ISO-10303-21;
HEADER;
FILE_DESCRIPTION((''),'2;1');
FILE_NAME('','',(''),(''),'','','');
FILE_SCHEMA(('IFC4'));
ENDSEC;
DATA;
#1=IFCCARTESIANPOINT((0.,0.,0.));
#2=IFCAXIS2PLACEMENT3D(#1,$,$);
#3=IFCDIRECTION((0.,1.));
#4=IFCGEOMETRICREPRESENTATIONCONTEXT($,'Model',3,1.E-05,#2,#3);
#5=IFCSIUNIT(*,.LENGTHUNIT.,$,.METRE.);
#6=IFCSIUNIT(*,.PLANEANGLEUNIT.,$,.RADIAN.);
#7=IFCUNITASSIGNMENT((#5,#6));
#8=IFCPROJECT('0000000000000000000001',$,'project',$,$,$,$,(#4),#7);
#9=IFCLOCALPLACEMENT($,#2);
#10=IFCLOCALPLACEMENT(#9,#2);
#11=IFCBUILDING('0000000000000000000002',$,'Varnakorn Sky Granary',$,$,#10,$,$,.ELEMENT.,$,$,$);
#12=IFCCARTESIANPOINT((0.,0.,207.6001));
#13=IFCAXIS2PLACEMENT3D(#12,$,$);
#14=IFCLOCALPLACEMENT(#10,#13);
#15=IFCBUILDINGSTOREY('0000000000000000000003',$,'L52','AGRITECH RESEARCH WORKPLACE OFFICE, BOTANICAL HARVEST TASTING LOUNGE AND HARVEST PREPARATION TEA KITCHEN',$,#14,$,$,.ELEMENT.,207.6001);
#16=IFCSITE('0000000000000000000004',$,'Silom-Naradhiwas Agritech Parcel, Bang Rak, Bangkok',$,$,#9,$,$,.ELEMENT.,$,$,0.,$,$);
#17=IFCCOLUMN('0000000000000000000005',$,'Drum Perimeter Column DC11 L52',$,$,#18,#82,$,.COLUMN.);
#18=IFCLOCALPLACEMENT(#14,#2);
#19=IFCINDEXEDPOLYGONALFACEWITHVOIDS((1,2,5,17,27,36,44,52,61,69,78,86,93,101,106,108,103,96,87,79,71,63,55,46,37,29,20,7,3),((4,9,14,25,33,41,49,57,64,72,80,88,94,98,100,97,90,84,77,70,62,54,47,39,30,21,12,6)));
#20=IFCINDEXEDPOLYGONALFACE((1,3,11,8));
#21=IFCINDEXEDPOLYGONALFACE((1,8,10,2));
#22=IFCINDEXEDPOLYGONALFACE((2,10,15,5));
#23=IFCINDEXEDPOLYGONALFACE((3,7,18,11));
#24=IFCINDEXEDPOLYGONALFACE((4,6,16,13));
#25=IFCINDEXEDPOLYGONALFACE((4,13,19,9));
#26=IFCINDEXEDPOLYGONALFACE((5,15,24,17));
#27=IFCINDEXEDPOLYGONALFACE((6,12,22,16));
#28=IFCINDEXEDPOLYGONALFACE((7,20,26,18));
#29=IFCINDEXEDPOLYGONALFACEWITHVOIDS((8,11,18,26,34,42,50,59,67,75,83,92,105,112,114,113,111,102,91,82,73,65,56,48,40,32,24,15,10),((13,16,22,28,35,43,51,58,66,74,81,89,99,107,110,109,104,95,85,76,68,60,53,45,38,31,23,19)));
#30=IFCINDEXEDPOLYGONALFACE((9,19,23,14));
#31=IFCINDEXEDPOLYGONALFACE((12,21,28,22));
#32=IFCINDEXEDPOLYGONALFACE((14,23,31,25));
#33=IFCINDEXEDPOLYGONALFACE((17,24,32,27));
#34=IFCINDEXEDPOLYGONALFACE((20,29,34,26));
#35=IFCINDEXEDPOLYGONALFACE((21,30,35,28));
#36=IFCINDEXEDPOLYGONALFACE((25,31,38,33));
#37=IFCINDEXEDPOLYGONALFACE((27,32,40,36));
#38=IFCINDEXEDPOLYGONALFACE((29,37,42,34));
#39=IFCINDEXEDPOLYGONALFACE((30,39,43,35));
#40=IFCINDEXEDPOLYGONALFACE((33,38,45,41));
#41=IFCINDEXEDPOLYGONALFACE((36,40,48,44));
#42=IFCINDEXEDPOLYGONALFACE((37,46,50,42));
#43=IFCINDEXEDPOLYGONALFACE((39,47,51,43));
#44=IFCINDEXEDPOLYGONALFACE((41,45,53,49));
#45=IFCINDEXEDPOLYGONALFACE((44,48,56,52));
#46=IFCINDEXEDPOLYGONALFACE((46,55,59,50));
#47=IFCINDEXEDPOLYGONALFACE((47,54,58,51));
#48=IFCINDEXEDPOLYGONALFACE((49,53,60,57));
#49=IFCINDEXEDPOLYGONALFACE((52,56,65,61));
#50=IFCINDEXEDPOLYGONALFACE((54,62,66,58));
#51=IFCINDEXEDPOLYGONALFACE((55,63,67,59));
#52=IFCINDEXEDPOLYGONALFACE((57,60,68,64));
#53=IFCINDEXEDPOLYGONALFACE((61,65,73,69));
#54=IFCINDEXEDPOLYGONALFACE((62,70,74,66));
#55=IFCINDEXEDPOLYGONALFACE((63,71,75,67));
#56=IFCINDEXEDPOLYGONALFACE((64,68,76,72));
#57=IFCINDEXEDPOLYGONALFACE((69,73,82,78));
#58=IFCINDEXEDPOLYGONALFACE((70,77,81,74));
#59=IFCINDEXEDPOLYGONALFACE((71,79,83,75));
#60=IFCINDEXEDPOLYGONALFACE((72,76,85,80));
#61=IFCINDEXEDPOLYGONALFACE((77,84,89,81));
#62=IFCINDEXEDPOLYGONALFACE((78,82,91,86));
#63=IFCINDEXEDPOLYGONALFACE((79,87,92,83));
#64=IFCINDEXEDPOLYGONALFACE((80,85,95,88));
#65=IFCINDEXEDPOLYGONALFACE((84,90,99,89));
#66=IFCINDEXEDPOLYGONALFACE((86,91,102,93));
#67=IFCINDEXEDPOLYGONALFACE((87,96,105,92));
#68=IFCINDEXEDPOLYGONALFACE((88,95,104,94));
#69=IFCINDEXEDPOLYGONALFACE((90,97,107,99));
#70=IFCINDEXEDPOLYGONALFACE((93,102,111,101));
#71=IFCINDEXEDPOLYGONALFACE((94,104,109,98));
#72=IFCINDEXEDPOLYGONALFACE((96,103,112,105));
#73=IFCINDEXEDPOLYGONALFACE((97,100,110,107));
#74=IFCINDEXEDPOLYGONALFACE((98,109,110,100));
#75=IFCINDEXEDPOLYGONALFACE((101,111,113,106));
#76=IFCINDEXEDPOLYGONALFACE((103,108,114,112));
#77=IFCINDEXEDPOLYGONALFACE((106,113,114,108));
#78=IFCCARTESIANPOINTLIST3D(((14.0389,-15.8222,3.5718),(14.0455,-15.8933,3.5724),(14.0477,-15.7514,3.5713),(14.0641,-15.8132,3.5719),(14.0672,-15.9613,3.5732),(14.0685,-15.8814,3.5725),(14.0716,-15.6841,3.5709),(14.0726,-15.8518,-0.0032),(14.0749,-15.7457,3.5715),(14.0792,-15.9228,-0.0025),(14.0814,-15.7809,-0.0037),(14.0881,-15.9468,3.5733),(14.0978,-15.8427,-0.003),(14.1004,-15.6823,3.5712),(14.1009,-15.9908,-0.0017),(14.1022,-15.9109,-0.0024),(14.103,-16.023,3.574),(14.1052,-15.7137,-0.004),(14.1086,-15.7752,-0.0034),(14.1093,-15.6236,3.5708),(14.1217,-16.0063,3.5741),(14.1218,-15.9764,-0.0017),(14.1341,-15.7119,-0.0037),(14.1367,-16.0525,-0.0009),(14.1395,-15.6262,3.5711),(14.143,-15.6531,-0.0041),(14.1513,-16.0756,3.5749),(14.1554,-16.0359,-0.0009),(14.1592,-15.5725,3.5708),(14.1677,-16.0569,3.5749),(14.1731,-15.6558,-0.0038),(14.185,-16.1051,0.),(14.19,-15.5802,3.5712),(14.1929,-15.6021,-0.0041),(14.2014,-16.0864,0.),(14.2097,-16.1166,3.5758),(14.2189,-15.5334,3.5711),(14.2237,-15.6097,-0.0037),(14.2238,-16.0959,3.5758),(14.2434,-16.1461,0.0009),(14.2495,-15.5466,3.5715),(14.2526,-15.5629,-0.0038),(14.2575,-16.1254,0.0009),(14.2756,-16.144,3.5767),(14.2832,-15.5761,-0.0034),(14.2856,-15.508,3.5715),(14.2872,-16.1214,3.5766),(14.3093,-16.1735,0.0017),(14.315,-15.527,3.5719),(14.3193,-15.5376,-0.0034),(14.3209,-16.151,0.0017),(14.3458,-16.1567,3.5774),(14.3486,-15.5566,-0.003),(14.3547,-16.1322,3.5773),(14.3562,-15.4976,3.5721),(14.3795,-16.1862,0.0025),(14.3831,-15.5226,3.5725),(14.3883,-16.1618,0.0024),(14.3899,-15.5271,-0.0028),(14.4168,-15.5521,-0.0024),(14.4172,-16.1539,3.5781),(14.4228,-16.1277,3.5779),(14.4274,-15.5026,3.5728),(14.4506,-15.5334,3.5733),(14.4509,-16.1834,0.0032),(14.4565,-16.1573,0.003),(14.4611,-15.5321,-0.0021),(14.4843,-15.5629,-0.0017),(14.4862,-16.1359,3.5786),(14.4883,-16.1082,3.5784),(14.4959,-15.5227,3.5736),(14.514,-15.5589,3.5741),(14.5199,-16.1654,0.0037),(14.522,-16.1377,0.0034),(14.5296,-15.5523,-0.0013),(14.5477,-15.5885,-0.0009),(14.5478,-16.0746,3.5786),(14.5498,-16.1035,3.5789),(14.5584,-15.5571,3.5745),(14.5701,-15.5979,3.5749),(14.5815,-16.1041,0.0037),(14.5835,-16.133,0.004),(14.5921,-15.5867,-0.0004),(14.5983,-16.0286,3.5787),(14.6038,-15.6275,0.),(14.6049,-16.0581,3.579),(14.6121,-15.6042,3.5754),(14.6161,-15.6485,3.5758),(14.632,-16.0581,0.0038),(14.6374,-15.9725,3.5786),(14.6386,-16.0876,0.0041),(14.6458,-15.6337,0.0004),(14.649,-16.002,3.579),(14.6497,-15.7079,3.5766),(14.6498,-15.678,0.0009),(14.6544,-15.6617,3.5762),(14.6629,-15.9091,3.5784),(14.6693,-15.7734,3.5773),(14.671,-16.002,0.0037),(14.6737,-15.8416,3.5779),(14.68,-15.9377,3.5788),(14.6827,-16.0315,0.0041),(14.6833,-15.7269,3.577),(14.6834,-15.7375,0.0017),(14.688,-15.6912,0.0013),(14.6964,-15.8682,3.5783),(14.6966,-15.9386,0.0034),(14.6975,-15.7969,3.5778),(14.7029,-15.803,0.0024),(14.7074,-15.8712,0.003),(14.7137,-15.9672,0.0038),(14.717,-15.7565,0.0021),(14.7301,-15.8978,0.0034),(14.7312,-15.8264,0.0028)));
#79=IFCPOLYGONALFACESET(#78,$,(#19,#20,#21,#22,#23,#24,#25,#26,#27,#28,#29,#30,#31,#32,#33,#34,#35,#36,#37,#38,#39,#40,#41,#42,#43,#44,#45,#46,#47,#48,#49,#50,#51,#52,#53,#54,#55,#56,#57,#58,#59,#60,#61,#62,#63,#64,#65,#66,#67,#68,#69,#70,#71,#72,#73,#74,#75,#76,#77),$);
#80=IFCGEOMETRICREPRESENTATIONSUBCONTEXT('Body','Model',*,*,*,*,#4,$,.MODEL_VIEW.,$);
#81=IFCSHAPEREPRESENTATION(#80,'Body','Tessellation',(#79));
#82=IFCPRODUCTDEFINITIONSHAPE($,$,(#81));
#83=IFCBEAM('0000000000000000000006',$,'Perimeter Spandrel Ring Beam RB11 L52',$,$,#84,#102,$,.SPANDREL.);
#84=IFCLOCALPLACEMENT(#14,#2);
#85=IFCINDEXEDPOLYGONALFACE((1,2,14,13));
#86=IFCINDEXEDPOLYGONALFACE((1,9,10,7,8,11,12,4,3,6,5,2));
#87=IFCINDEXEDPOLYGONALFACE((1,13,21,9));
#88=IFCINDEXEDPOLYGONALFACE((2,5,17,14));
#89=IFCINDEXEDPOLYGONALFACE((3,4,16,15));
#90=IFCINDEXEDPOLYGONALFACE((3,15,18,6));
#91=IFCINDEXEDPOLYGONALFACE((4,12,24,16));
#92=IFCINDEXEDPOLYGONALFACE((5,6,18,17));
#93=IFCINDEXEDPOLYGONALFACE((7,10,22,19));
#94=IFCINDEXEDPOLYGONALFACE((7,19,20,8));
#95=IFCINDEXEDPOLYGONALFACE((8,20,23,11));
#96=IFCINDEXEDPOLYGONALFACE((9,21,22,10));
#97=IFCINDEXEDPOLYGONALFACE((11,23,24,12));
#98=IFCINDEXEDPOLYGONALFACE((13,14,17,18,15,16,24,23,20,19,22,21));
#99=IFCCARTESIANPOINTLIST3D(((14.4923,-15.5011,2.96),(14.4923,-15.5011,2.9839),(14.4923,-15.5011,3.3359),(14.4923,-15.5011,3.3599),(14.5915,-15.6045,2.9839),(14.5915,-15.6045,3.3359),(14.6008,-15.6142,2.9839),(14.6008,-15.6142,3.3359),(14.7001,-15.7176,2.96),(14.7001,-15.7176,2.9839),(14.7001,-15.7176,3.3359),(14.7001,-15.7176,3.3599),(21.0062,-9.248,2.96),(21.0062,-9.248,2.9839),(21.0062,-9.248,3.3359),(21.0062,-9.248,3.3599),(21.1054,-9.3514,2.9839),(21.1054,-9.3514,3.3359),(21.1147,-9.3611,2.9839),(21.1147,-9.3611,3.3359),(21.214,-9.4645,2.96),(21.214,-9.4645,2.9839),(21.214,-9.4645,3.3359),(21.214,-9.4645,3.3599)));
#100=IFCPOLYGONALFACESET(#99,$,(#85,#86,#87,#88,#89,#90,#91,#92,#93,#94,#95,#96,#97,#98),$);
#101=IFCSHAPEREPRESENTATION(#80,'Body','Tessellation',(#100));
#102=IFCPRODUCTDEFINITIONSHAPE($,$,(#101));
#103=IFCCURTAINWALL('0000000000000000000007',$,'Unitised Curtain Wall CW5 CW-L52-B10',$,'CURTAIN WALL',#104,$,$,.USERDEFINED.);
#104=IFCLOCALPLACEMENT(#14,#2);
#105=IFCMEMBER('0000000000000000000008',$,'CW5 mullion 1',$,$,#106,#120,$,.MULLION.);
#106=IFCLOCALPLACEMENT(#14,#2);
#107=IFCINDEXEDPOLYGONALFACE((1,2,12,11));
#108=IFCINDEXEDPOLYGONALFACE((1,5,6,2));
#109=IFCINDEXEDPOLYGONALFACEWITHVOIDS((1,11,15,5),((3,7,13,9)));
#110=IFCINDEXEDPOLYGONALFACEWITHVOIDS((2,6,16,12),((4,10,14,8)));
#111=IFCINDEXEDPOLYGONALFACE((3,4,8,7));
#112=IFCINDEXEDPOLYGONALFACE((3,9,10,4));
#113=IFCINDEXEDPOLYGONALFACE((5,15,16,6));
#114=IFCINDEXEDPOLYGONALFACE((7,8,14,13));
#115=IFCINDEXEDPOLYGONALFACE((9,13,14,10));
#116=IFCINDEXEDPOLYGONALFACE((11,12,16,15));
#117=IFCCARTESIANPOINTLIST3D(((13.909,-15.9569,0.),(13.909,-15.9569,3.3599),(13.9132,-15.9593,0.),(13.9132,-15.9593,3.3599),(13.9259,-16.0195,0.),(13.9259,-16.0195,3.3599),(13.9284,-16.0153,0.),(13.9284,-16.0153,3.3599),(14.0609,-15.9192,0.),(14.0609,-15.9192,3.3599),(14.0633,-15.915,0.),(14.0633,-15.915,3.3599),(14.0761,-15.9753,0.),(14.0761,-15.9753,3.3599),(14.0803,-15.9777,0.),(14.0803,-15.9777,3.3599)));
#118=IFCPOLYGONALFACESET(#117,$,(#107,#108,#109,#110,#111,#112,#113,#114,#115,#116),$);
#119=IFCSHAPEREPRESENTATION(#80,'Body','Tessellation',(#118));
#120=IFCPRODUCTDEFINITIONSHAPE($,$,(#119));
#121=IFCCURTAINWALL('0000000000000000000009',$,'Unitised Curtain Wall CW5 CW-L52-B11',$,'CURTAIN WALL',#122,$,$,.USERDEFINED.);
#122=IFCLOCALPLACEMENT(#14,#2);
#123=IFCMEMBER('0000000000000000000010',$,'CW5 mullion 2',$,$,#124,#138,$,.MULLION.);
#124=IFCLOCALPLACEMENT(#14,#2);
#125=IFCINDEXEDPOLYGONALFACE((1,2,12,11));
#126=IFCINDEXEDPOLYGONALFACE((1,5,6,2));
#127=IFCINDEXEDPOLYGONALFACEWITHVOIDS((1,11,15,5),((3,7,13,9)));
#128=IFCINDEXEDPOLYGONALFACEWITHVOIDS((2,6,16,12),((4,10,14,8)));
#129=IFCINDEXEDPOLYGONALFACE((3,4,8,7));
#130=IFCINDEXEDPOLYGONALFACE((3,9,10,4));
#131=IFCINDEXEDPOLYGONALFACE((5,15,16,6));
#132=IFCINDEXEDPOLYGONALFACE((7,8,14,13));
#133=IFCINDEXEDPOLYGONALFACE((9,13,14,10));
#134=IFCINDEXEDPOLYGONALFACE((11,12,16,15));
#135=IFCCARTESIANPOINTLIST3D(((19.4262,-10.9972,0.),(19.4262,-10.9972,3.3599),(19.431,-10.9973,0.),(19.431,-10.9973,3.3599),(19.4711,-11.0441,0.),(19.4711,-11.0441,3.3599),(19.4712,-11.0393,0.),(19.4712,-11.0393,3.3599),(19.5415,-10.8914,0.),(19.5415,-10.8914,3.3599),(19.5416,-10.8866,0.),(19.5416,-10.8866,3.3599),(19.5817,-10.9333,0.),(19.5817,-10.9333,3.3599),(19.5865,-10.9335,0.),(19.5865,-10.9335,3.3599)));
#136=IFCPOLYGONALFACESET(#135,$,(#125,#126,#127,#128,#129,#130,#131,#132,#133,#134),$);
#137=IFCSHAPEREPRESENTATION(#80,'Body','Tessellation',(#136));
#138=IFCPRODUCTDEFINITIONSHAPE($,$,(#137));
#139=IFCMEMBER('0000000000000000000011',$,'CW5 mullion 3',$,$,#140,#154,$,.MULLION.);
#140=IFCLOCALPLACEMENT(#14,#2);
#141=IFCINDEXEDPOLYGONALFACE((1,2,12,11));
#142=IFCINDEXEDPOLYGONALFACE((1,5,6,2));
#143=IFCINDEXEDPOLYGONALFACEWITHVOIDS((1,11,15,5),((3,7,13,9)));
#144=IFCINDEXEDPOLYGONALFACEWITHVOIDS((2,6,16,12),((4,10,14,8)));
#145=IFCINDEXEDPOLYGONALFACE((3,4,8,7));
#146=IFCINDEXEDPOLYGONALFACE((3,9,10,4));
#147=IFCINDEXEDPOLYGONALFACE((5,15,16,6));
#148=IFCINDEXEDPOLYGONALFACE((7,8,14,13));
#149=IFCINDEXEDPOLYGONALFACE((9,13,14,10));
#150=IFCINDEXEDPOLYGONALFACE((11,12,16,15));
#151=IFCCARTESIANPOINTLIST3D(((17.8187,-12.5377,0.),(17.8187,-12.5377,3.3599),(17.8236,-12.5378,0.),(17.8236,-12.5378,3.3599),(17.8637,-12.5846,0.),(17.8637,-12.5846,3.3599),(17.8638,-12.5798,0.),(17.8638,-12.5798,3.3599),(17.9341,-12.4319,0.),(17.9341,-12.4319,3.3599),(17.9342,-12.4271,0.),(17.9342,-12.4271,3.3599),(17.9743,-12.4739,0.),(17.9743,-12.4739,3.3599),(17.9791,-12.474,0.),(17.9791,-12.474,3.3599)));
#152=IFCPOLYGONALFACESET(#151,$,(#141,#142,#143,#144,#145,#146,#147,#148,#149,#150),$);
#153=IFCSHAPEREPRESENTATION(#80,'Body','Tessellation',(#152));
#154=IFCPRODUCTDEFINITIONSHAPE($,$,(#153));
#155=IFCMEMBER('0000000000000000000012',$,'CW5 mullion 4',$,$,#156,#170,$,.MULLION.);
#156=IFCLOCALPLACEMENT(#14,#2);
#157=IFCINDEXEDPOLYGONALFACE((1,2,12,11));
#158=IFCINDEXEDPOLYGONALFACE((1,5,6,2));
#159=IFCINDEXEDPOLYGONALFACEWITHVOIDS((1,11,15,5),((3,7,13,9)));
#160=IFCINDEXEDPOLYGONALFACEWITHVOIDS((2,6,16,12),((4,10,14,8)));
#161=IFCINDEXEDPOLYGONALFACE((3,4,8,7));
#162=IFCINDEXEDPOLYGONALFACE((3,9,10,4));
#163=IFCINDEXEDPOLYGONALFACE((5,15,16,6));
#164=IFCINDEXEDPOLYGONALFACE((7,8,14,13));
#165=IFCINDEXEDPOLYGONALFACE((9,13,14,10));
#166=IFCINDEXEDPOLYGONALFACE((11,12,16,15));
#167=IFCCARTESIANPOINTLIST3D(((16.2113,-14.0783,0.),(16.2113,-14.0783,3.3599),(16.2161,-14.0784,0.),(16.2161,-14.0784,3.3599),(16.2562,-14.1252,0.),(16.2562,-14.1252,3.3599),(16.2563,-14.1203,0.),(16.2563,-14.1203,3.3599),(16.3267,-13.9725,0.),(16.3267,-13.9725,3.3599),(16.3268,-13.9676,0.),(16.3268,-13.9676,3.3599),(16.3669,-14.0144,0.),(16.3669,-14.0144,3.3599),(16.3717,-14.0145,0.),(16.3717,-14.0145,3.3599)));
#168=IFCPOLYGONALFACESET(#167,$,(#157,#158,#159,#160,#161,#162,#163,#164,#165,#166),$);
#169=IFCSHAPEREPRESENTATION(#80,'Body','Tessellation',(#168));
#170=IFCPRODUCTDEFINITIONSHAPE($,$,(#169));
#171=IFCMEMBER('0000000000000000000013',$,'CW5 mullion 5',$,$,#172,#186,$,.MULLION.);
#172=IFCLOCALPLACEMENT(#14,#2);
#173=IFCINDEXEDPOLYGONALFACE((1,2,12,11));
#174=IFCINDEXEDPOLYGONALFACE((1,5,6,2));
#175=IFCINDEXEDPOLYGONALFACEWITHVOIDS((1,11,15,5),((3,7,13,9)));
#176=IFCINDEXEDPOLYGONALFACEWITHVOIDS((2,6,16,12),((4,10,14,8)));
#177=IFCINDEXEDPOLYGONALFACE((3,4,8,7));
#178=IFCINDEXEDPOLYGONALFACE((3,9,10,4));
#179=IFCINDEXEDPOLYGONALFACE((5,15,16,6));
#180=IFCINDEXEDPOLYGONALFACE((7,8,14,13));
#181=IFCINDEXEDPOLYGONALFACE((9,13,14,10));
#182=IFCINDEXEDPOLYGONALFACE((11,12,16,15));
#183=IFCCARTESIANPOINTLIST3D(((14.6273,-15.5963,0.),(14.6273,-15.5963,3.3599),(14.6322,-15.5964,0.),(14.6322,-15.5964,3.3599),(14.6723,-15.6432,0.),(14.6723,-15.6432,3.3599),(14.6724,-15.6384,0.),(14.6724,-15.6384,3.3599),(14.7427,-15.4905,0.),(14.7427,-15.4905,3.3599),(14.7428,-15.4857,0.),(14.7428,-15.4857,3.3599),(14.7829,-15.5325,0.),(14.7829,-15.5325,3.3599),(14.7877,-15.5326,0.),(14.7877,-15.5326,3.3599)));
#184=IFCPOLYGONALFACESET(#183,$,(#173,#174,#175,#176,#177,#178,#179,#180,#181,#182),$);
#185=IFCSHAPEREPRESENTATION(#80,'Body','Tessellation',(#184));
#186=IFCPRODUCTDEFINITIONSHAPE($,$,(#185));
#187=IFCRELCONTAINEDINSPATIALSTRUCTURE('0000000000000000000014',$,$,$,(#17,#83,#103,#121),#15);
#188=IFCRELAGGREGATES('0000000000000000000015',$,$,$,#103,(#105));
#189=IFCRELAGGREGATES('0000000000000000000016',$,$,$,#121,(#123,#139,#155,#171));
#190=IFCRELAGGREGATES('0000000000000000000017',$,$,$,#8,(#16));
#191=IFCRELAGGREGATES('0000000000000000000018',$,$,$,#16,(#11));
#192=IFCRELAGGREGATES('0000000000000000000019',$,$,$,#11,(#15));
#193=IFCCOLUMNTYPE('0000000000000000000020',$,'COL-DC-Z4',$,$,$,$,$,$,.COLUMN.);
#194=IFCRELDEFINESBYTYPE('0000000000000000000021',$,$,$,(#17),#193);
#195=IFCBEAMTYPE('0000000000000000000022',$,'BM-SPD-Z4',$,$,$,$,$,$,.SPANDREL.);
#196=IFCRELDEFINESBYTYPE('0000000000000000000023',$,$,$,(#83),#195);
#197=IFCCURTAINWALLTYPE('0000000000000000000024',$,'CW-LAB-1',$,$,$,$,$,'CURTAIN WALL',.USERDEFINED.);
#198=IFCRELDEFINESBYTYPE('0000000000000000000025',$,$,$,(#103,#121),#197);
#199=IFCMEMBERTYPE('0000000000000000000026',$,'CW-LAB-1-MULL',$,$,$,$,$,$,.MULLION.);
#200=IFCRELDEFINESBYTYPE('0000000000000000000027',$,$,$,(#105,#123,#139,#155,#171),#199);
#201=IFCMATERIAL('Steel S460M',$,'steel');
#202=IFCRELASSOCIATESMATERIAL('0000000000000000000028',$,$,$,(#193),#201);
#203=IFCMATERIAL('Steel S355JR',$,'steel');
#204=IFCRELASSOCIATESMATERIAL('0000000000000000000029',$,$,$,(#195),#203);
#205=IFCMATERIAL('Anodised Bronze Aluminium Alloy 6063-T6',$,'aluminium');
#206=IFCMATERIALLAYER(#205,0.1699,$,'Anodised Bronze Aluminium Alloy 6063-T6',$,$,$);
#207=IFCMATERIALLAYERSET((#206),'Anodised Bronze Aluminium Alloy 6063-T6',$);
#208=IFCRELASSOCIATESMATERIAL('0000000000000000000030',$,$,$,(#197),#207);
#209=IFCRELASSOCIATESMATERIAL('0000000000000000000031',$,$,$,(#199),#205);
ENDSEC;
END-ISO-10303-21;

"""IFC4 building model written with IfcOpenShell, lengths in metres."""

from ifc_helpers import new_model, si_unit, direction, frame, origin, origin_2d, place, context, subcontext, project, spatial, hollow_rectangle, hollow_circle, i_section, extrude, material, layer, layer_set, material_profile, profile_set, type_object, element, aggregate, save


model = new_model("IFC4")

# Units and contexts
model_context = context("Model", 3, precision=1e-05, world=origin(), true_north=direction((0.0, 1.0)))
body_context = subcontext(model_context, "Body", "Model", "MODEL_VIEW")
ifc_project = project(units=[si_unit("LENGTHUNIT", "METRE"), si_unit("PLANEANGLEUNIT", "RADIAN")], contexts=[model_context])

# Site, building, storey
site_placement = place(None, origin())
site = spatial("IfcSite", under=ifc_project, at=site_placement, Name="Silom-Naradhiwas Agritech Parcel, Bang Rak, Bangkok", CompositionType="ELEMENT", RefElevation=0.0)
building_placement = place(site_placement, origin())
building = spatial("IfcBuilding", under=site, at=building_placement, Name="Varnakorn Sky Granary", CompositionType="ELEMENT")
storey_placement = place(building_placement, frame((0.0, 0.0, 207.6001)))
storey = spatial("IfcBuildingStorey", under=building, at=storey_placement, Name="L52", Description="AGRITECH RESEARCH WORKPLACE OFFICE, BOTANICAL HARVEST TASTING LOUNGE AND HARVEST PREPARATION TEA KITCHEN", CompositionType="ELEMENT", Elevation=207.6001)

# Column
ifc_material_1 = material(Name="Steel S460M", Category="steel")
ifc_material_profile_1 = material_profile(ifc_material_1, hollow_circle(Radius=0.3301, WallThickness=0.0249, at=origin_2d()), Name="CHS 660x25")
ifc_profile_set_1 = profile_set([ifc_material_profile_1], Name="Steel S460M")
column_type = type_object("IfcColumnType", Name="COL-DC-Z4", PredefinedType="COLUMN", material=ifc_profile_set_1)
column_placement = place(storey_placement, frame((14.4026, -15.8569, 0.0), z_axis=(-0.009424, 0.008263, 0.999921), x_axis=(-0.659276, -0.751901, 0.0)))
element("IfcColumn", 1, at=column_placement, inside=storey, type_object=column_type, Name="Drum Perimeter Column DC11 L52", PredefinedType="COLUMN", context=body_context, shape_type="SweptSolid", body=[
    extrude(hollow_circle(Radius=0.3301, WallThickness=0.0249, at=origin_2d()), origin(), (0.0, 0.0, 1.0), 3.5752),
])

# Beam
ifc_material_2 = material(Name="Steel S355JR", Category="steel")
ifc_material_profile_2 = material_profile(ifc_material_2, i_section(OverallWidth=0.3, OverallDepth=0.3999, WebThickness=0.0134, FlangeThickness=0.0239, at=origin_2d()), Name="HE 400 B")
ifc_profile_set_2 = profile_set([ifc_material_profile_2], Name="Steel S355JR")
beam_type = type_object("IfcBeamType", Name="BM-SPD-Z4", PredefinedType="SPANDREL", material=ifc_profile_set_2)
beam_placement = place(storey_placement, frame((14.5962, -15.6094, 3.1599), z_axis=(0.721398, 0.692521, 0.0), x_axis=(-0.692521, 0.721398, 0.0)))
element("IfcBeam", 2, at=beam_placement, inside=storey, type_object=beam_type, Name="Perimeter Spandrel Ring Beam RB11 L52", PredefinedType="SPANDREL", context=body_context, shape_type="SweptSolid", body=[
    extrude(i_section(OverallWidth=0.3, OverallDepth=0.3999, WebThickness=0.0134, FlangeThickness=0.0239, at=origin_2d()), origin(), (0.0, 0.0, 1.0), 9.0295),
])

# Curtain wall, member
ifc_material_3 = material(Name="Anodised Bronze Aluminium Alloy 6063-T6", Category="aluminium")
ifc_layer_1 = layer(ifc_material_3, 0.1699, Name="Anodised Bronze Aluminium Alloy 6063-T6")
ifc_layer_set_1 = layer_set([ifc_layer_1], Name="Anodised Bronze Aluminium Alloy 6063-T6")
curtain_wall_type = type_object("IfcCurtainWallType", Name="CW-LAB-1", ElementType="CURTAIN WALL", PredefinedType="USERDEFINED", material=ifc_layer_set_1)
curtain_wall_1_placement = place(storey_placement, origin())
curtain_wall_1 = element("IfcCurtainWall", 3, at=curtain_wall_1_placement, inside=storey, type_object=curtain_wall_type, Name="Unitised Curtain Wall CW5 CW-L52-B10", ObjectType="CURTAIN WALL", PredefinedType="USERDEFINED")
ifc_material_profile_3 = material_profile(ifc_material_3, hollow_rectangle(XDim=0.0649, YDim=0.1599, WallThickness=0.0034, at=origin_2d()), Name="ALU MULL 65x160")
ifc_profile_set_3 = profile_set([ifc_material_profile_3], Name="Anodised Bronze Aluminium Alloy 6063-T6")
member_type_1 = type_object("IfcMemberType", Name="CW-LAB-1-MULL", PredefinedType="MULLION", material=ifc_profile_set_3)
member_1_placement = place(storey_placement, frame((13.9946, -15.9673, 0.0), z_axis=(0.0, 0.0, 1.0), x_axis=(0.261502, -0.965203, 0.0)))
member_1 = element("IfcMember", 4, at=member_1_placement, type_object=member_type_1, Name="CW5 mullion 1", PredefinedType="MULLION", context=body_context, shape_type="SweptSolid", body=[
    extrude(hollow_rectangle(XDim=0.0649, YDim=0.1599, WallThickness=0.0034, at=origin_2d()), origin(), (0.0, 0.0, 1.0), 3.3599),
])

# Curtain wall, members
curtain_wall_2_placement = place(storey_placement, origin())
curtain_wall_2 = element("IfcCurtainWall", 5, at=curtain_wall_2_placement, inside=storey, type_object=curtain_wall_type, Name="Unitised Curtain Wall CW5 CW-L52-B11", ObjectType="CURTAIN WALL", PredefinedType="USERDEFINED")
member_2_placement = place(storey_placement, frame((19.5063, -10.9653, 0.0), z_axis=(0.0, 0.0, 1.0), x_axis=(0.691923, -0.721971, 0.0)))
member_2 = element("IfcMember", 6, at=member_2_placement, type_object=member_type_1, Name="CW5 mullion 2", PredefinedType="MULLION", context=body_context, shape_type="SweptSolid", body=[
    extrude(hollow_rectangle(XDim=0.0649, YDim=0.1599, WallThickness=0.0034, at=origin_2d()), origin(), (0.0, 0.0, 1.0), 3.3599),
])
member_3_placement = place(storey_placement, frame((17.8989, -12.5059, 0.0), z_axis=(0.0, 0.0, 1.0), x_axis=(0.691923, -0.721971, 0.0)))
member_3 = element("IfcMember", 7, at=member_3_placement, type_object=member_type_1, Name="CW5 mullion 3", PredefinedType="MULLION", context=body_context, shape_type="SweptSolid", body=[
    extrude(hollow_rectangle(XDim=0.0649, YDim=0.1599, WallThickness=0.0034, at=origin_2d()), origin(), (0.0, 0.0, 1.0), 3.3599),
])
member_4_placement = place(storey_placement, frame((16.2915, -14.0464, 0.0), z_axis=(0.0, 0.0, 1.0), x_axis=(0.691923, -0.721971, 0.0)))
member_4 = element("IfcMember", 8, at=member_4_placement, type_object=member_type_1, Name="CW5 mullion 4", PredefinedType="MULLION", context=body_context, shape_type="SweptSolid", body=[
    extrude(hollow_rectangle(XDim=0.0649, YDim=0.1599, WallThickness=0.0034, at=origin_2d()), origin(), (0.0, 0.0, 1.0), 3.3599),
])
member_5_placement = place(storey_placement, frame((14.7075, -15.5645, 0.0), z_axis=(0.0, 0.0, 1.0), x_axis=(0.691923, -0.721971, 0.0)))
member_5 = element("IfcMember", 9, at=member_5_placement, type_object=member_type_1, Name="CW5 mullion 5", PredefinedType="MULLION", context=body_context, shape_type="SweptSolid", body=[
    extrude(hollow_rectangle(XDim=0.0649, YDim=0.1599, WallThickness=0.0034, at=origin_2d()), origin(), (0.0, 0.0, 1.0), 3.3599),
])

aggregate(curtain_wall_1, [member_1])

aggregate(curtain_wall_2, [member_2, member_3, member_4, member_5])

save(model, "model.ifc")
